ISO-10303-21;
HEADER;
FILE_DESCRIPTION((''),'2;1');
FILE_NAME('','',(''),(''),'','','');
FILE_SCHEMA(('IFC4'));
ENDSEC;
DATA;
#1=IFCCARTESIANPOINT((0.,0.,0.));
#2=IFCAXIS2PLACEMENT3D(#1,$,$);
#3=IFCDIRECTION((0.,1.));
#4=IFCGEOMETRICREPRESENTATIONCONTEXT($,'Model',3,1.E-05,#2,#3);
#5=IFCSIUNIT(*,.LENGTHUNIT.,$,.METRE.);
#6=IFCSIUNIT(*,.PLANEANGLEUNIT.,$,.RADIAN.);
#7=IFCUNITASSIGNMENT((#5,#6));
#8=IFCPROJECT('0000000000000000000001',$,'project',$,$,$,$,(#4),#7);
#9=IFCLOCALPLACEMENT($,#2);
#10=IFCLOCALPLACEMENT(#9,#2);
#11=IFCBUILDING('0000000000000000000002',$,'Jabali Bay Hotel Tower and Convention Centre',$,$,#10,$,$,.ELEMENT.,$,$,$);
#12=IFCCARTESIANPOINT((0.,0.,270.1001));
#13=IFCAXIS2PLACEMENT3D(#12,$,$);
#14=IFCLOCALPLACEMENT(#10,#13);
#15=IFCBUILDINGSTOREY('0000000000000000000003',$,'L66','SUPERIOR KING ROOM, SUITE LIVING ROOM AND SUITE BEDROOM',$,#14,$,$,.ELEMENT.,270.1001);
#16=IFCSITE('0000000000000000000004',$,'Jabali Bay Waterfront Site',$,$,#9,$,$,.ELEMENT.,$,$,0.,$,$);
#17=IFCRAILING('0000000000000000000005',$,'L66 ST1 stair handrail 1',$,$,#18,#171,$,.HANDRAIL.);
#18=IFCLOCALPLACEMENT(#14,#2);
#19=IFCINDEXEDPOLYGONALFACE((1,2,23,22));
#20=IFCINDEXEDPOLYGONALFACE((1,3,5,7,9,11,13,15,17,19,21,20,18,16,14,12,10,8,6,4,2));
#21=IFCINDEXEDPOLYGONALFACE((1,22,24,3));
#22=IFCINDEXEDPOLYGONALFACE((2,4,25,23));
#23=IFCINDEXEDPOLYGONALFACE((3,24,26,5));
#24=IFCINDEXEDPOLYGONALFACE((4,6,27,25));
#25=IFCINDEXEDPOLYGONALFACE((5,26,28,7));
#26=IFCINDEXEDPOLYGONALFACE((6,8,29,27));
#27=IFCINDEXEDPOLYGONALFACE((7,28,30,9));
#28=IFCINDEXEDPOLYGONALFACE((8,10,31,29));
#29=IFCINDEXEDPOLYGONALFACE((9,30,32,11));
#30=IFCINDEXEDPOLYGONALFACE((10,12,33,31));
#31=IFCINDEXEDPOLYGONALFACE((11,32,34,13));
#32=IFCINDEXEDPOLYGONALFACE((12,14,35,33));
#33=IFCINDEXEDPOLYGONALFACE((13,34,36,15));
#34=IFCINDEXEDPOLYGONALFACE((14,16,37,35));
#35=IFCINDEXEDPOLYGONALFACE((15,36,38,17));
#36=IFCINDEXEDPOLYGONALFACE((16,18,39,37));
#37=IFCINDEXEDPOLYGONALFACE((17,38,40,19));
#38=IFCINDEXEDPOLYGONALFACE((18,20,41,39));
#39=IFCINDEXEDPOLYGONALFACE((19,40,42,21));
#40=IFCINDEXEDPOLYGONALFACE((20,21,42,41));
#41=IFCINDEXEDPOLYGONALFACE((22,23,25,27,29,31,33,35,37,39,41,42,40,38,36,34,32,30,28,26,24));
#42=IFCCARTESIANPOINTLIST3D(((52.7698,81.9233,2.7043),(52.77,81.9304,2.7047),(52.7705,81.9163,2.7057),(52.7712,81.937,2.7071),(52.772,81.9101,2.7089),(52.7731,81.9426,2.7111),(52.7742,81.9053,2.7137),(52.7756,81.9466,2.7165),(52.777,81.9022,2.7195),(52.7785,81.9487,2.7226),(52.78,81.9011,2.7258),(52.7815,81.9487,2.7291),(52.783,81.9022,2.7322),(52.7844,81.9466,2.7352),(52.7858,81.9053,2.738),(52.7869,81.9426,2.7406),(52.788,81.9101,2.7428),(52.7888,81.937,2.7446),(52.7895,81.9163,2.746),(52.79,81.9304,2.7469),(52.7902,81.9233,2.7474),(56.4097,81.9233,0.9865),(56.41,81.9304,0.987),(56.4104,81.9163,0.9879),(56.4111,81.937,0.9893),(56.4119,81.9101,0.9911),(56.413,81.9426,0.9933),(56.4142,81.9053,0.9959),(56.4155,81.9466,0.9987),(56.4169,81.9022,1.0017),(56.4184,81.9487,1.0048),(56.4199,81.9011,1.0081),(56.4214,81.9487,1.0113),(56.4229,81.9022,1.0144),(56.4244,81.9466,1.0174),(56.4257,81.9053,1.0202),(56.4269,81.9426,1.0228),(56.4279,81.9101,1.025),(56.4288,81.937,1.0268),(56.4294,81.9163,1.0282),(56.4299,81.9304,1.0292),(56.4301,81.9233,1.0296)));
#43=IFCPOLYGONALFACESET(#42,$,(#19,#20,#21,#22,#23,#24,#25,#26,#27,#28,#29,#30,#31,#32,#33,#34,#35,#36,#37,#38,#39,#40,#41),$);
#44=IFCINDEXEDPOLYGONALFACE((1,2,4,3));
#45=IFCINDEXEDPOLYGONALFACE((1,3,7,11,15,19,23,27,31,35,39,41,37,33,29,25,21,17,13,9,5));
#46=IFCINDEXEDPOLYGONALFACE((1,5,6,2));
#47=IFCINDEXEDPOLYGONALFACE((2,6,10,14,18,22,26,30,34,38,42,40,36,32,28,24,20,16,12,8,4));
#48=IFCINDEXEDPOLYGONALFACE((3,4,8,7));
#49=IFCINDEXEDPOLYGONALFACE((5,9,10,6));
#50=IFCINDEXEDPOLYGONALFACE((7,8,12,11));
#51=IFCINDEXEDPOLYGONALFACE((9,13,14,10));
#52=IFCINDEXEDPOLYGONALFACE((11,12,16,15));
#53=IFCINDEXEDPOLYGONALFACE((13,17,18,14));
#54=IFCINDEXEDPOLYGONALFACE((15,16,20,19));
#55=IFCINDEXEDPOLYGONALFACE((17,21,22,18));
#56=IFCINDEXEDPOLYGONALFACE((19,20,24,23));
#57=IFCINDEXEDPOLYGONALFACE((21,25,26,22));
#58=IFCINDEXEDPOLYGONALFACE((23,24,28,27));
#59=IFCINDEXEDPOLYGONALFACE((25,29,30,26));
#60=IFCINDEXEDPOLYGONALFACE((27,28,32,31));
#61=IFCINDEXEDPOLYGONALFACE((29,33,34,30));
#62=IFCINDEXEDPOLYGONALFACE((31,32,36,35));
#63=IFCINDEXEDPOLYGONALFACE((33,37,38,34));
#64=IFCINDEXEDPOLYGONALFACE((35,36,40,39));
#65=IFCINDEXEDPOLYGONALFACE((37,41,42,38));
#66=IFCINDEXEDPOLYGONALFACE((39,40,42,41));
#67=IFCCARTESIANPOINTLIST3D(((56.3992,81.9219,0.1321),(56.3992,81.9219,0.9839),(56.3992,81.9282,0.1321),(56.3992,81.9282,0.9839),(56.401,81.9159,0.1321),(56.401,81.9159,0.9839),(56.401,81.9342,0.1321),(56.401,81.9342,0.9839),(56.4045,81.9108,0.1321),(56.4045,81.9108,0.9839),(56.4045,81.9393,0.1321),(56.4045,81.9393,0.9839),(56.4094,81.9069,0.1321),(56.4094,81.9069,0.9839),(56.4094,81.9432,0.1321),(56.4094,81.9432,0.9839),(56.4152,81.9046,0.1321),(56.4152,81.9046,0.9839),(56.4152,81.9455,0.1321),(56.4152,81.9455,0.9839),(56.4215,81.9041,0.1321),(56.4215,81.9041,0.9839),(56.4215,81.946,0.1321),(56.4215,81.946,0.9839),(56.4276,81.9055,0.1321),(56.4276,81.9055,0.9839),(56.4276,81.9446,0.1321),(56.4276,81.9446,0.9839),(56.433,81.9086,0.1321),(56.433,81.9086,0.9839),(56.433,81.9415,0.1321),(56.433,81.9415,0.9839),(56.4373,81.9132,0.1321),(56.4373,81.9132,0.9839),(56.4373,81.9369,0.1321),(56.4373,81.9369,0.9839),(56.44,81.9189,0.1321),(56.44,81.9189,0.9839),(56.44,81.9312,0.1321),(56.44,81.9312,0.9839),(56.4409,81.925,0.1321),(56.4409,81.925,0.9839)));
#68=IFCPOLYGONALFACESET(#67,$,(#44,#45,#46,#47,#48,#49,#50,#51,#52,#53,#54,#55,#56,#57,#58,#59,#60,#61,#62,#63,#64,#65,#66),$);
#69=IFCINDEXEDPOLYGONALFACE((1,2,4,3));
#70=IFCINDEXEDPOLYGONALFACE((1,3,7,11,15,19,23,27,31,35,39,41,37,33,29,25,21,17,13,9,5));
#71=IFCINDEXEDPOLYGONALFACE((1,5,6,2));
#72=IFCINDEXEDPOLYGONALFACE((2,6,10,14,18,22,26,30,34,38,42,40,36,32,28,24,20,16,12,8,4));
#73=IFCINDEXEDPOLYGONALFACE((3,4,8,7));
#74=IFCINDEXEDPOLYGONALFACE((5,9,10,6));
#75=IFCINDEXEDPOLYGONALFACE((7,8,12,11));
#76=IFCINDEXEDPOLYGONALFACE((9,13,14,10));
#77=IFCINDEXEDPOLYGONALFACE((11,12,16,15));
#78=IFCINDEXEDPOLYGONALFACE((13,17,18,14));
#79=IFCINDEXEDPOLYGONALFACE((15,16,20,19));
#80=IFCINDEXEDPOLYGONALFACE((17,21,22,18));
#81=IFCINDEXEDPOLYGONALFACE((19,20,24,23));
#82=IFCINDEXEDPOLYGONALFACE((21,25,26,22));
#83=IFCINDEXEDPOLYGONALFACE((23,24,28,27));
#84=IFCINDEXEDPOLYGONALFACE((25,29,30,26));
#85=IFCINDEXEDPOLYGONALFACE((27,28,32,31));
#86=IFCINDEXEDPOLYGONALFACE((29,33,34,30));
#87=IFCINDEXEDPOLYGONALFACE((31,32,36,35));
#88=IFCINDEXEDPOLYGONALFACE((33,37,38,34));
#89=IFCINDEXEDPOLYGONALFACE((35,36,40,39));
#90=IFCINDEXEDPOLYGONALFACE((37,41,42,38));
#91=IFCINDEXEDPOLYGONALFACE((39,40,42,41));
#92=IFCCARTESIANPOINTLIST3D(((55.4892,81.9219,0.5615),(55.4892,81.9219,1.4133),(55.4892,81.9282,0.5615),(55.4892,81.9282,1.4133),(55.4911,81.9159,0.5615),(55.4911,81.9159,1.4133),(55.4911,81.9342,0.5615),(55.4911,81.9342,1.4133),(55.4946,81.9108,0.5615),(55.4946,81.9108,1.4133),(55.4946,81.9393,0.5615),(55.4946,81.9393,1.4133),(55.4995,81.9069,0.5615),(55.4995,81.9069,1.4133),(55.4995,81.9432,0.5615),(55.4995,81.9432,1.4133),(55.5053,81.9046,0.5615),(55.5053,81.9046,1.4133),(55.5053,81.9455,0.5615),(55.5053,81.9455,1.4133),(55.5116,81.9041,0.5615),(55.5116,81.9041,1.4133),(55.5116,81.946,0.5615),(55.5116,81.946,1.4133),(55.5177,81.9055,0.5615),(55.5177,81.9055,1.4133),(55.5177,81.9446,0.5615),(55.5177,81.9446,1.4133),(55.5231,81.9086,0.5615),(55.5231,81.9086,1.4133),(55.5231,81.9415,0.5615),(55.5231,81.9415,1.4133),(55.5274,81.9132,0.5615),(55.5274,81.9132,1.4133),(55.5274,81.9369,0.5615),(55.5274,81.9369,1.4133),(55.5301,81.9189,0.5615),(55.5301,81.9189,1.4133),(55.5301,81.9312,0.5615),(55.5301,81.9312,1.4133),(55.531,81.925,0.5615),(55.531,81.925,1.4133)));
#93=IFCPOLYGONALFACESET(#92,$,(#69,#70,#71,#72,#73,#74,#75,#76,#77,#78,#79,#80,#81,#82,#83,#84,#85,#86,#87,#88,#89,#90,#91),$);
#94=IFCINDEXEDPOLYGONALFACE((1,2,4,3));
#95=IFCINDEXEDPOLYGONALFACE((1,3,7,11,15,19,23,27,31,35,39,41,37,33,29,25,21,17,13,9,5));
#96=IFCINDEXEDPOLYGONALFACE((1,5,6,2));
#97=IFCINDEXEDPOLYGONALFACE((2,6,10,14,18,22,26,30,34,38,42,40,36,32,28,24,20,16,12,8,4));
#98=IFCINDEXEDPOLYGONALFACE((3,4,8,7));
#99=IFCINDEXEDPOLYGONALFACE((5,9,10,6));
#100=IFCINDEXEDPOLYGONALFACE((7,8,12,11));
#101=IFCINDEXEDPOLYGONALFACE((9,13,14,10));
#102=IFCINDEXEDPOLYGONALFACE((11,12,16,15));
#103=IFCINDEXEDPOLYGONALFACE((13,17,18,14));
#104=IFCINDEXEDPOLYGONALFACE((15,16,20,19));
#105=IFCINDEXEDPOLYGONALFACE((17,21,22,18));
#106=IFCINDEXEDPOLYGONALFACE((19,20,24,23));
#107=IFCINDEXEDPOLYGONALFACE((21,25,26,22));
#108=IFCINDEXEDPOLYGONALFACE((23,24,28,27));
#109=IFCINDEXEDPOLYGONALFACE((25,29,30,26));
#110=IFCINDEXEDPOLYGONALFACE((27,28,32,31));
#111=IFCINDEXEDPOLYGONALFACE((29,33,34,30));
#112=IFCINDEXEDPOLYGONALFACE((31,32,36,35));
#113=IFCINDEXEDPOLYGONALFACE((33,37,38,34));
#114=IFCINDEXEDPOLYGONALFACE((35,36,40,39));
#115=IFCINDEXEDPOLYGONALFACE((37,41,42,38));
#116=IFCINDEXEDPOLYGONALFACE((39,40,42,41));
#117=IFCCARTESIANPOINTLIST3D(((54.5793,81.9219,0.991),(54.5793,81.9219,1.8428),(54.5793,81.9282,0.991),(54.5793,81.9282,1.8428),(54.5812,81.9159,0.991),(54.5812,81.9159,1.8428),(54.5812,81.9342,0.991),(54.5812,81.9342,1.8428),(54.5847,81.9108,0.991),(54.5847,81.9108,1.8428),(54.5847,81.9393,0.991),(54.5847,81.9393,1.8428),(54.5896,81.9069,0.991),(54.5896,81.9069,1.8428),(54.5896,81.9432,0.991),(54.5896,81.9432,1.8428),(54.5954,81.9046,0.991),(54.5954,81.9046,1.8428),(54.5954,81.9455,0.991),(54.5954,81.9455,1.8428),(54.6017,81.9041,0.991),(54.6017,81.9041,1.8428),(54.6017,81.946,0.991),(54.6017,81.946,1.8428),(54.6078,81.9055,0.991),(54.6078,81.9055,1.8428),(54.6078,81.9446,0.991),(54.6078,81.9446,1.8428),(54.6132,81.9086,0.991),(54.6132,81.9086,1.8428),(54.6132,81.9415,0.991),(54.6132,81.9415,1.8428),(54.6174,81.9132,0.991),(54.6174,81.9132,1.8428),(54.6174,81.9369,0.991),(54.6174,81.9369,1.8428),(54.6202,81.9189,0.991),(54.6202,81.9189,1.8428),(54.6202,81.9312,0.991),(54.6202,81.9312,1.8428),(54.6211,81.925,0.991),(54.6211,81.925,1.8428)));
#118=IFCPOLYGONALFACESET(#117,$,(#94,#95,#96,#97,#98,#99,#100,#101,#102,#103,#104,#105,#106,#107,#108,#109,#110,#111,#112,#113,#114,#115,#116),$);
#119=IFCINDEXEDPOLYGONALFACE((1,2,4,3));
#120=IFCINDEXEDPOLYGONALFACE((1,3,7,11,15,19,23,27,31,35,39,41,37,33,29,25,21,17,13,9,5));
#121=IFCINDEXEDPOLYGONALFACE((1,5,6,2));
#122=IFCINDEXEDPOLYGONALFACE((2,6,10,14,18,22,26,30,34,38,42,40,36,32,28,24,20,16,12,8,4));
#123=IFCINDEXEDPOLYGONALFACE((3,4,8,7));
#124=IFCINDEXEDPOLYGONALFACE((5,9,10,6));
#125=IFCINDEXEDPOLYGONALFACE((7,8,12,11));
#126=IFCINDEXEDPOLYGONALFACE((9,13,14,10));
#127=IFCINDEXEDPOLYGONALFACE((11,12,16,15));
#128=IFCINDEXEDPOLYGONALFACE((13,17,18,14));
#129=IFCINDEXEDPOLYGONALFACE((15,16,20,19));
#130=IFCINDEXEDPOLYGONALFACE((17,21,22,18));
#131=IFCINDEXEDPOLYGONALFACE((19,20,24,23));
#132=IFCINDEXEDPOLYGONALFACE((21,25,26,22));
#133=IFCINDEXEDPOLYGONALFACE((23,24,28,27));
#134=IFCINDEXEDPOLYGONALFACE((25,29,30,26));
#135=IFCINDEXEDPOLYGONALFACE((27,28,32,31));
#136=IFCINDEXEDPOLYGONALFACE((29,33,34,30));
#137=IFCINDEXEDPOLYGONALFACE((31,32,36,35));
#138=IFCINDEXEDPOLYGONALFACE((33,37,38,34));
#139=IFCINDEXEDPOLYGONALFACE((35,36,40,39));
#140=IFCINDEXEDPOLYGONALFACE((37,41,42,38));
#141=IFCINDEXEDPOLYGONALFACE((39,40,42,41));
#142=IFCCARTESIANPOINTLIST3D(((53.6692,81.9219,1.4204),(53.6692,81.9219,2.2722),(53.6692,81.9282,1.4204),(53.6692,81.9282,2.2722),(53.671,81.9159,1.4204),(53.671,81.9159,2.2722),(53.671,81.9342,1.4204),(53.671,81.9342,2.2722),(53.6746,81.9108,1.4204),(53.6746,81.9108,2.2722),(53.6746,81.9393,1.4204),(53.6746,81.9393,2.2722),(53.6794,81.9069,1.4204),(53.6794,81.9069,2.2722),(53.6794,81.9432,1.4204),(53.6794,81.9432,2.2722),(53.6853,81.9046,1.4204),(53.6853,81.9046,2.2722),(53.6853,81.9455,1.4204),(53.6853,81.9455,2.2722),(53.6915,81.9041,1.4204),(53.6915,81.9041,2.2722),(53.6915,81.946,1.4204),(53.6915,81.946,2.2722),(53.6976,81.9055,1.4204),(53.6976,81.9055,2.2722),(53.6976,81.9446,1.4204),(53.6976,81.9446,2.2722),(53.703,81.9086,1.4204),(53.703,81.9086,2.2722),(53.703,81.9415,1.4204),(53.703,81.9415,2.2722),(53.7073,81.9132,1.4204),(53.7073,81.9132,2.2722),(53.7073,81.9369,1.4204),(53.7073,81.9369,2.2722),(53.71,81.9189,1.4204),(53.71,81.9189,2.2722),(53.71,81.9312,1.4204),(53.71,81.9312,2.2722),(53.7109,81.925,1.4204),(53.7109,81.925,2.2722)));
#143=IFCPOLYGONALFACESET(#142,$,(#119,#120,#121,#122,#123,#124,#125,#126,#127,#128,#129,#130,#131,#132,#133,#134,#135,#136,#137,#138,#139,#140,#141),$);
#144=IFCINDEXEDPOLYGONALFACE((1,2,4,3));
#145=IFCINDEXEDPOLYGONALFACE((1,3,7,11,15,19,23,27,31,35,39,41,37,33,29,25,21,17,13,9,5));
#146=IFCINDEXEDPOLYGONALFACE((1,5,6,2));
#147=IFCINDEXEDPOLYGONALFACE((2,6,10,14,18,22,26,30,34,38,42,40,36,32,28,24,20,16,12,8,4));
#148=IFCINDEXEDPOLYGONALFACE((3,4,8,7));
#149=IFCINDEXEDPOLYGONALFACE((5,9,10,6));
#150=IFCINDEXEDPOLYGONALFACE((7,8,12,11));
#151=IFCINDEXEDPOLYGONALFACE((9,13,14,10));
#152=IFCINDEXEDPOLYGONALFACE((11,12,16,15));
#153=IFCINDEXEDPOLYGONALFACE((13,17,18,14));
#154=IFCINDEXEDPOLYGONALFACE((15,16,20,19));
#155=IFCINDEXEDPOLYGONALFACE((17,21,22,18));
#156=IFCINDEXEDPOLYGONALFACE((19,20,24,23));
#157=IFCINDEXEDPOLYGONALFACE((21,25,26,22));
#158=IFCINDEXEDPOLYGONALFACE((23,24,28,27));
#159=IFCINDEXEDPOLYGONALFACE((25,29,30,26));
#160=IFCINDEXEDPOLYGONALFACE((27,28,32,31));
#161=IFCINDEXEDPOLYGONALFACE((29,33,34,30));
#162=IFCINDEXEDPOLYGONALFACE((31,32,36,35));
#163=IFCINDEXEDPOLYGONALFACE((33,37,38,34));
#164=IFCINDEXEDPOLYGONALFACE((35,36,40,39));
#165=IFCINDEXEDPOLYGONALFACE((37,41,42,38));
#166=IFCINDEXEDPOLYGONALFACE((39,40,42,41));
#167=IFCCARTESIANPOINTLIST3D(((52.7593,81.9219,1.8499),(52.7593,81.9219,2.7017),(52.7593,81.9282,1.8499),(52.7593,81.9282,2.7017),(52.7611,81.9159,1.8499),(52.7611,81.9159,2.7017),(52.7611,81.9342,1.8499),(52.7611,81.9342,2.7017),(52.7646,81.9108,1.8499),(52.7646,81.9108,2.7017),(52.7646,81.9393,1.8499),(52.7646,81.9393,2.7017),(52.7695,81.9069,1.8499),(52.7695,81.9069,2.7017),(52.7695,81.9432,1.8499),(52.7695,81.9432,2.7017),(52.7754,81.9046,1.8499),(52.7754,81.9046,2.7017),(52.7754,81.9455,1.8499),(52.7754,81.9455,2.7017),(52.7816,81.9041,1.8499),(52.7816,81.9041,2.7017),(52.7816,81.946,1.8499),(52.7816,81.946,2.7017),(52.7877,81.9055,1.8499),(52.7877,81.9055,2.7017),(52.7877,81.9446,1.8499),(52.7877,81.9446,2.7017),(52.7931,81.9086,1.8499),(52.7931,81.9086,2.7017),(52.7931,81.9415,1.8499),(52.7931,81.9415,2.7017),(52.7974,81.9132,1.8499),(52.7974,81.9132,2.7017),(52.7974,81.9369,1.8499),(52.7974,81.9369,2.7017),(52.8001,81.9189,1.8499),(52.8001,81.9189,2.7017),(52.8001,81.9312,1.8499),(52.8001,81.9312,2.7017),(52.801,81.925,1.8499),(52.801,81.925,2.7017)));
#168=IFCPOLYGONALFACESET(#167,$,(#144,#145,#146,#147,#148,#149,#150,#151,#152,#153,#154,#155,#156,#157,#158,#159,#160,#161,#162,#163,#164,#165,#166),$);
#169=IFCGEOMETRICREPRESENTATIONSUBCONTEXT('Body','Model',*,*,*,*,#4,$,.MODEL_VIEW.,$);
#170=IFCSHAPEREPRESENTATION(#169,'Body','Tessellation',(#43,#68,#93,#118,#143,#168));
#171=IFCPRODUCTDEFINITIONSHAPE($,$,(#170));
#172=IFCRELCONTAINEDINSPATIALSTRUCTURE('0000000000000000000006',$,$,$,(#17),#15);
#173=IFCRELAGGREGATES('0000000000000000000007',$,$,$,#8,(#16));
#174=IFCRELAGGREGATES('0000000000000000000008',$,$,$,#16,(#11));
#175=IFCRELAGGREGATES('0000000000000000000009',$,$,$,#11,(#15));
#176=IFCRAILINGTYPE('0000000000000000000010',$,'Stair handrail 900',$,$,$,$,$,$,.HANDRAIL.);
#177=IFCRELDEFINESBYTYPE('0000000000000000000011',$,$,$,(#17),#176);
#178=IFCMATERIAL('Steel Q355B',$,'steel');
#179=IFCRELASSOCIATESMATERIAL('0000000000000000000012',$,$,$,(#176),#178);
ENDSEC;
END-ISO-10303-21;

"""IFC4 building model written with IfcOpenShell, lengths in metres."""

from ifc_helpers import new_model, si_unit, direction, frame, origin, origin_2d, place, context, subcontext, project, spatial, circle, extrude, material, type_object, element, save


model = new_model("IFC4")

# Units and contexts
model_context = context("Model", 3, precision=1e-05, world=origin(), true_north=direction((0.0, 1.0)))
body_context = subcontext(model_context, "Body", "Model", "MODEL_VIEW")
ifc_project = project(units=[si_unit("LENGTHUNIT", "METRE"), si_unit("PLANEANGLEUNIT", "RADIAN")], contexts=[model_context])

# Site, building, storey
site_placement = place(None, origin())
site = spatial("IfcSite", under=ifc_project, at=site_placement, Name="Jabali Bay Waterfront Site", CompositionType="ELEMENT", RefElevation=0.0)
building_placement = place(site_placement, origin())
building = spatial("IfcBuilding", under=site, at=building_placement, Name="Jabali Bay Hotel Tower and Convention Centre", CompositionType="ELEMENT")
storey_placement = place(building_placement, frame((0.0, 0.0, 270.1001)))
storey = spatial("IfcBuildingStorey", under=building, at=storey_placement, Name="L66", Description="SUPERIOR KING ROOM, SUITE LIVING ROOM AND SUITE BEDROOM", CompositionType="ELEMENT", Elevation=270.1001)

# Railing
ifc_material_1 = material(Name="Steel Q355B", Category="steel")
railing_type_1 = type_object("IfcRailingType", Name="Stair handrail 900", PredefinedType="HANDRAIL", material=ifc_material_1)
railing_1_placement = place(storey_placement, frame((56.4199, 81.925, 0.1321)))
element("IfcRailing", 1, at=railing_1_placement, inside=storey, type_object=railing_type_1, Name="L66 ST1 stair handrail 1", PredefinedType="HANDRAIL", context=body_context, shape_type="SweptSolid", body=[
    extrude(circle(Radius=0.0239, at=origin_2d()), frame((0.0, 0.0, 0.876), z_axis=(-0.904351, 0.0, 0.42679), x_axis=(0.0, -1.0, 0.0)), (0.0, 0.0, 1.0), 4.0249),
    extrude(circle(Radius=0.021, at=origin_2d()), origin(), (0.0, 0.0, 1.0), 0.8518),
    extrude(circle(Radius=0.021, at=origin_2d()), frame((-0.9099, 0.0, 0.4294)), (0.0, 0.0, 1.0), 0.8518),
    extrude(circle(Radius=0.021, at=origin_2d()), frame((-1.8198, 0.0, 0.8589)), (0.0, 0.0, 1.0), 0.8518),
    extrude(circle(Radius=0.021, at=origin_2d()), frame((-2.73, 0.0, 1.2883)), (0.0, 0.0, 1.0), 0.8518),
    extrude(circle(Radius=0.021, at=origin_2d()), frame((-3.6399, 0.0, 1.7178)), (0.0, 0.0, 1.0), 0.8518),
])

save(model, "model.ifc")
